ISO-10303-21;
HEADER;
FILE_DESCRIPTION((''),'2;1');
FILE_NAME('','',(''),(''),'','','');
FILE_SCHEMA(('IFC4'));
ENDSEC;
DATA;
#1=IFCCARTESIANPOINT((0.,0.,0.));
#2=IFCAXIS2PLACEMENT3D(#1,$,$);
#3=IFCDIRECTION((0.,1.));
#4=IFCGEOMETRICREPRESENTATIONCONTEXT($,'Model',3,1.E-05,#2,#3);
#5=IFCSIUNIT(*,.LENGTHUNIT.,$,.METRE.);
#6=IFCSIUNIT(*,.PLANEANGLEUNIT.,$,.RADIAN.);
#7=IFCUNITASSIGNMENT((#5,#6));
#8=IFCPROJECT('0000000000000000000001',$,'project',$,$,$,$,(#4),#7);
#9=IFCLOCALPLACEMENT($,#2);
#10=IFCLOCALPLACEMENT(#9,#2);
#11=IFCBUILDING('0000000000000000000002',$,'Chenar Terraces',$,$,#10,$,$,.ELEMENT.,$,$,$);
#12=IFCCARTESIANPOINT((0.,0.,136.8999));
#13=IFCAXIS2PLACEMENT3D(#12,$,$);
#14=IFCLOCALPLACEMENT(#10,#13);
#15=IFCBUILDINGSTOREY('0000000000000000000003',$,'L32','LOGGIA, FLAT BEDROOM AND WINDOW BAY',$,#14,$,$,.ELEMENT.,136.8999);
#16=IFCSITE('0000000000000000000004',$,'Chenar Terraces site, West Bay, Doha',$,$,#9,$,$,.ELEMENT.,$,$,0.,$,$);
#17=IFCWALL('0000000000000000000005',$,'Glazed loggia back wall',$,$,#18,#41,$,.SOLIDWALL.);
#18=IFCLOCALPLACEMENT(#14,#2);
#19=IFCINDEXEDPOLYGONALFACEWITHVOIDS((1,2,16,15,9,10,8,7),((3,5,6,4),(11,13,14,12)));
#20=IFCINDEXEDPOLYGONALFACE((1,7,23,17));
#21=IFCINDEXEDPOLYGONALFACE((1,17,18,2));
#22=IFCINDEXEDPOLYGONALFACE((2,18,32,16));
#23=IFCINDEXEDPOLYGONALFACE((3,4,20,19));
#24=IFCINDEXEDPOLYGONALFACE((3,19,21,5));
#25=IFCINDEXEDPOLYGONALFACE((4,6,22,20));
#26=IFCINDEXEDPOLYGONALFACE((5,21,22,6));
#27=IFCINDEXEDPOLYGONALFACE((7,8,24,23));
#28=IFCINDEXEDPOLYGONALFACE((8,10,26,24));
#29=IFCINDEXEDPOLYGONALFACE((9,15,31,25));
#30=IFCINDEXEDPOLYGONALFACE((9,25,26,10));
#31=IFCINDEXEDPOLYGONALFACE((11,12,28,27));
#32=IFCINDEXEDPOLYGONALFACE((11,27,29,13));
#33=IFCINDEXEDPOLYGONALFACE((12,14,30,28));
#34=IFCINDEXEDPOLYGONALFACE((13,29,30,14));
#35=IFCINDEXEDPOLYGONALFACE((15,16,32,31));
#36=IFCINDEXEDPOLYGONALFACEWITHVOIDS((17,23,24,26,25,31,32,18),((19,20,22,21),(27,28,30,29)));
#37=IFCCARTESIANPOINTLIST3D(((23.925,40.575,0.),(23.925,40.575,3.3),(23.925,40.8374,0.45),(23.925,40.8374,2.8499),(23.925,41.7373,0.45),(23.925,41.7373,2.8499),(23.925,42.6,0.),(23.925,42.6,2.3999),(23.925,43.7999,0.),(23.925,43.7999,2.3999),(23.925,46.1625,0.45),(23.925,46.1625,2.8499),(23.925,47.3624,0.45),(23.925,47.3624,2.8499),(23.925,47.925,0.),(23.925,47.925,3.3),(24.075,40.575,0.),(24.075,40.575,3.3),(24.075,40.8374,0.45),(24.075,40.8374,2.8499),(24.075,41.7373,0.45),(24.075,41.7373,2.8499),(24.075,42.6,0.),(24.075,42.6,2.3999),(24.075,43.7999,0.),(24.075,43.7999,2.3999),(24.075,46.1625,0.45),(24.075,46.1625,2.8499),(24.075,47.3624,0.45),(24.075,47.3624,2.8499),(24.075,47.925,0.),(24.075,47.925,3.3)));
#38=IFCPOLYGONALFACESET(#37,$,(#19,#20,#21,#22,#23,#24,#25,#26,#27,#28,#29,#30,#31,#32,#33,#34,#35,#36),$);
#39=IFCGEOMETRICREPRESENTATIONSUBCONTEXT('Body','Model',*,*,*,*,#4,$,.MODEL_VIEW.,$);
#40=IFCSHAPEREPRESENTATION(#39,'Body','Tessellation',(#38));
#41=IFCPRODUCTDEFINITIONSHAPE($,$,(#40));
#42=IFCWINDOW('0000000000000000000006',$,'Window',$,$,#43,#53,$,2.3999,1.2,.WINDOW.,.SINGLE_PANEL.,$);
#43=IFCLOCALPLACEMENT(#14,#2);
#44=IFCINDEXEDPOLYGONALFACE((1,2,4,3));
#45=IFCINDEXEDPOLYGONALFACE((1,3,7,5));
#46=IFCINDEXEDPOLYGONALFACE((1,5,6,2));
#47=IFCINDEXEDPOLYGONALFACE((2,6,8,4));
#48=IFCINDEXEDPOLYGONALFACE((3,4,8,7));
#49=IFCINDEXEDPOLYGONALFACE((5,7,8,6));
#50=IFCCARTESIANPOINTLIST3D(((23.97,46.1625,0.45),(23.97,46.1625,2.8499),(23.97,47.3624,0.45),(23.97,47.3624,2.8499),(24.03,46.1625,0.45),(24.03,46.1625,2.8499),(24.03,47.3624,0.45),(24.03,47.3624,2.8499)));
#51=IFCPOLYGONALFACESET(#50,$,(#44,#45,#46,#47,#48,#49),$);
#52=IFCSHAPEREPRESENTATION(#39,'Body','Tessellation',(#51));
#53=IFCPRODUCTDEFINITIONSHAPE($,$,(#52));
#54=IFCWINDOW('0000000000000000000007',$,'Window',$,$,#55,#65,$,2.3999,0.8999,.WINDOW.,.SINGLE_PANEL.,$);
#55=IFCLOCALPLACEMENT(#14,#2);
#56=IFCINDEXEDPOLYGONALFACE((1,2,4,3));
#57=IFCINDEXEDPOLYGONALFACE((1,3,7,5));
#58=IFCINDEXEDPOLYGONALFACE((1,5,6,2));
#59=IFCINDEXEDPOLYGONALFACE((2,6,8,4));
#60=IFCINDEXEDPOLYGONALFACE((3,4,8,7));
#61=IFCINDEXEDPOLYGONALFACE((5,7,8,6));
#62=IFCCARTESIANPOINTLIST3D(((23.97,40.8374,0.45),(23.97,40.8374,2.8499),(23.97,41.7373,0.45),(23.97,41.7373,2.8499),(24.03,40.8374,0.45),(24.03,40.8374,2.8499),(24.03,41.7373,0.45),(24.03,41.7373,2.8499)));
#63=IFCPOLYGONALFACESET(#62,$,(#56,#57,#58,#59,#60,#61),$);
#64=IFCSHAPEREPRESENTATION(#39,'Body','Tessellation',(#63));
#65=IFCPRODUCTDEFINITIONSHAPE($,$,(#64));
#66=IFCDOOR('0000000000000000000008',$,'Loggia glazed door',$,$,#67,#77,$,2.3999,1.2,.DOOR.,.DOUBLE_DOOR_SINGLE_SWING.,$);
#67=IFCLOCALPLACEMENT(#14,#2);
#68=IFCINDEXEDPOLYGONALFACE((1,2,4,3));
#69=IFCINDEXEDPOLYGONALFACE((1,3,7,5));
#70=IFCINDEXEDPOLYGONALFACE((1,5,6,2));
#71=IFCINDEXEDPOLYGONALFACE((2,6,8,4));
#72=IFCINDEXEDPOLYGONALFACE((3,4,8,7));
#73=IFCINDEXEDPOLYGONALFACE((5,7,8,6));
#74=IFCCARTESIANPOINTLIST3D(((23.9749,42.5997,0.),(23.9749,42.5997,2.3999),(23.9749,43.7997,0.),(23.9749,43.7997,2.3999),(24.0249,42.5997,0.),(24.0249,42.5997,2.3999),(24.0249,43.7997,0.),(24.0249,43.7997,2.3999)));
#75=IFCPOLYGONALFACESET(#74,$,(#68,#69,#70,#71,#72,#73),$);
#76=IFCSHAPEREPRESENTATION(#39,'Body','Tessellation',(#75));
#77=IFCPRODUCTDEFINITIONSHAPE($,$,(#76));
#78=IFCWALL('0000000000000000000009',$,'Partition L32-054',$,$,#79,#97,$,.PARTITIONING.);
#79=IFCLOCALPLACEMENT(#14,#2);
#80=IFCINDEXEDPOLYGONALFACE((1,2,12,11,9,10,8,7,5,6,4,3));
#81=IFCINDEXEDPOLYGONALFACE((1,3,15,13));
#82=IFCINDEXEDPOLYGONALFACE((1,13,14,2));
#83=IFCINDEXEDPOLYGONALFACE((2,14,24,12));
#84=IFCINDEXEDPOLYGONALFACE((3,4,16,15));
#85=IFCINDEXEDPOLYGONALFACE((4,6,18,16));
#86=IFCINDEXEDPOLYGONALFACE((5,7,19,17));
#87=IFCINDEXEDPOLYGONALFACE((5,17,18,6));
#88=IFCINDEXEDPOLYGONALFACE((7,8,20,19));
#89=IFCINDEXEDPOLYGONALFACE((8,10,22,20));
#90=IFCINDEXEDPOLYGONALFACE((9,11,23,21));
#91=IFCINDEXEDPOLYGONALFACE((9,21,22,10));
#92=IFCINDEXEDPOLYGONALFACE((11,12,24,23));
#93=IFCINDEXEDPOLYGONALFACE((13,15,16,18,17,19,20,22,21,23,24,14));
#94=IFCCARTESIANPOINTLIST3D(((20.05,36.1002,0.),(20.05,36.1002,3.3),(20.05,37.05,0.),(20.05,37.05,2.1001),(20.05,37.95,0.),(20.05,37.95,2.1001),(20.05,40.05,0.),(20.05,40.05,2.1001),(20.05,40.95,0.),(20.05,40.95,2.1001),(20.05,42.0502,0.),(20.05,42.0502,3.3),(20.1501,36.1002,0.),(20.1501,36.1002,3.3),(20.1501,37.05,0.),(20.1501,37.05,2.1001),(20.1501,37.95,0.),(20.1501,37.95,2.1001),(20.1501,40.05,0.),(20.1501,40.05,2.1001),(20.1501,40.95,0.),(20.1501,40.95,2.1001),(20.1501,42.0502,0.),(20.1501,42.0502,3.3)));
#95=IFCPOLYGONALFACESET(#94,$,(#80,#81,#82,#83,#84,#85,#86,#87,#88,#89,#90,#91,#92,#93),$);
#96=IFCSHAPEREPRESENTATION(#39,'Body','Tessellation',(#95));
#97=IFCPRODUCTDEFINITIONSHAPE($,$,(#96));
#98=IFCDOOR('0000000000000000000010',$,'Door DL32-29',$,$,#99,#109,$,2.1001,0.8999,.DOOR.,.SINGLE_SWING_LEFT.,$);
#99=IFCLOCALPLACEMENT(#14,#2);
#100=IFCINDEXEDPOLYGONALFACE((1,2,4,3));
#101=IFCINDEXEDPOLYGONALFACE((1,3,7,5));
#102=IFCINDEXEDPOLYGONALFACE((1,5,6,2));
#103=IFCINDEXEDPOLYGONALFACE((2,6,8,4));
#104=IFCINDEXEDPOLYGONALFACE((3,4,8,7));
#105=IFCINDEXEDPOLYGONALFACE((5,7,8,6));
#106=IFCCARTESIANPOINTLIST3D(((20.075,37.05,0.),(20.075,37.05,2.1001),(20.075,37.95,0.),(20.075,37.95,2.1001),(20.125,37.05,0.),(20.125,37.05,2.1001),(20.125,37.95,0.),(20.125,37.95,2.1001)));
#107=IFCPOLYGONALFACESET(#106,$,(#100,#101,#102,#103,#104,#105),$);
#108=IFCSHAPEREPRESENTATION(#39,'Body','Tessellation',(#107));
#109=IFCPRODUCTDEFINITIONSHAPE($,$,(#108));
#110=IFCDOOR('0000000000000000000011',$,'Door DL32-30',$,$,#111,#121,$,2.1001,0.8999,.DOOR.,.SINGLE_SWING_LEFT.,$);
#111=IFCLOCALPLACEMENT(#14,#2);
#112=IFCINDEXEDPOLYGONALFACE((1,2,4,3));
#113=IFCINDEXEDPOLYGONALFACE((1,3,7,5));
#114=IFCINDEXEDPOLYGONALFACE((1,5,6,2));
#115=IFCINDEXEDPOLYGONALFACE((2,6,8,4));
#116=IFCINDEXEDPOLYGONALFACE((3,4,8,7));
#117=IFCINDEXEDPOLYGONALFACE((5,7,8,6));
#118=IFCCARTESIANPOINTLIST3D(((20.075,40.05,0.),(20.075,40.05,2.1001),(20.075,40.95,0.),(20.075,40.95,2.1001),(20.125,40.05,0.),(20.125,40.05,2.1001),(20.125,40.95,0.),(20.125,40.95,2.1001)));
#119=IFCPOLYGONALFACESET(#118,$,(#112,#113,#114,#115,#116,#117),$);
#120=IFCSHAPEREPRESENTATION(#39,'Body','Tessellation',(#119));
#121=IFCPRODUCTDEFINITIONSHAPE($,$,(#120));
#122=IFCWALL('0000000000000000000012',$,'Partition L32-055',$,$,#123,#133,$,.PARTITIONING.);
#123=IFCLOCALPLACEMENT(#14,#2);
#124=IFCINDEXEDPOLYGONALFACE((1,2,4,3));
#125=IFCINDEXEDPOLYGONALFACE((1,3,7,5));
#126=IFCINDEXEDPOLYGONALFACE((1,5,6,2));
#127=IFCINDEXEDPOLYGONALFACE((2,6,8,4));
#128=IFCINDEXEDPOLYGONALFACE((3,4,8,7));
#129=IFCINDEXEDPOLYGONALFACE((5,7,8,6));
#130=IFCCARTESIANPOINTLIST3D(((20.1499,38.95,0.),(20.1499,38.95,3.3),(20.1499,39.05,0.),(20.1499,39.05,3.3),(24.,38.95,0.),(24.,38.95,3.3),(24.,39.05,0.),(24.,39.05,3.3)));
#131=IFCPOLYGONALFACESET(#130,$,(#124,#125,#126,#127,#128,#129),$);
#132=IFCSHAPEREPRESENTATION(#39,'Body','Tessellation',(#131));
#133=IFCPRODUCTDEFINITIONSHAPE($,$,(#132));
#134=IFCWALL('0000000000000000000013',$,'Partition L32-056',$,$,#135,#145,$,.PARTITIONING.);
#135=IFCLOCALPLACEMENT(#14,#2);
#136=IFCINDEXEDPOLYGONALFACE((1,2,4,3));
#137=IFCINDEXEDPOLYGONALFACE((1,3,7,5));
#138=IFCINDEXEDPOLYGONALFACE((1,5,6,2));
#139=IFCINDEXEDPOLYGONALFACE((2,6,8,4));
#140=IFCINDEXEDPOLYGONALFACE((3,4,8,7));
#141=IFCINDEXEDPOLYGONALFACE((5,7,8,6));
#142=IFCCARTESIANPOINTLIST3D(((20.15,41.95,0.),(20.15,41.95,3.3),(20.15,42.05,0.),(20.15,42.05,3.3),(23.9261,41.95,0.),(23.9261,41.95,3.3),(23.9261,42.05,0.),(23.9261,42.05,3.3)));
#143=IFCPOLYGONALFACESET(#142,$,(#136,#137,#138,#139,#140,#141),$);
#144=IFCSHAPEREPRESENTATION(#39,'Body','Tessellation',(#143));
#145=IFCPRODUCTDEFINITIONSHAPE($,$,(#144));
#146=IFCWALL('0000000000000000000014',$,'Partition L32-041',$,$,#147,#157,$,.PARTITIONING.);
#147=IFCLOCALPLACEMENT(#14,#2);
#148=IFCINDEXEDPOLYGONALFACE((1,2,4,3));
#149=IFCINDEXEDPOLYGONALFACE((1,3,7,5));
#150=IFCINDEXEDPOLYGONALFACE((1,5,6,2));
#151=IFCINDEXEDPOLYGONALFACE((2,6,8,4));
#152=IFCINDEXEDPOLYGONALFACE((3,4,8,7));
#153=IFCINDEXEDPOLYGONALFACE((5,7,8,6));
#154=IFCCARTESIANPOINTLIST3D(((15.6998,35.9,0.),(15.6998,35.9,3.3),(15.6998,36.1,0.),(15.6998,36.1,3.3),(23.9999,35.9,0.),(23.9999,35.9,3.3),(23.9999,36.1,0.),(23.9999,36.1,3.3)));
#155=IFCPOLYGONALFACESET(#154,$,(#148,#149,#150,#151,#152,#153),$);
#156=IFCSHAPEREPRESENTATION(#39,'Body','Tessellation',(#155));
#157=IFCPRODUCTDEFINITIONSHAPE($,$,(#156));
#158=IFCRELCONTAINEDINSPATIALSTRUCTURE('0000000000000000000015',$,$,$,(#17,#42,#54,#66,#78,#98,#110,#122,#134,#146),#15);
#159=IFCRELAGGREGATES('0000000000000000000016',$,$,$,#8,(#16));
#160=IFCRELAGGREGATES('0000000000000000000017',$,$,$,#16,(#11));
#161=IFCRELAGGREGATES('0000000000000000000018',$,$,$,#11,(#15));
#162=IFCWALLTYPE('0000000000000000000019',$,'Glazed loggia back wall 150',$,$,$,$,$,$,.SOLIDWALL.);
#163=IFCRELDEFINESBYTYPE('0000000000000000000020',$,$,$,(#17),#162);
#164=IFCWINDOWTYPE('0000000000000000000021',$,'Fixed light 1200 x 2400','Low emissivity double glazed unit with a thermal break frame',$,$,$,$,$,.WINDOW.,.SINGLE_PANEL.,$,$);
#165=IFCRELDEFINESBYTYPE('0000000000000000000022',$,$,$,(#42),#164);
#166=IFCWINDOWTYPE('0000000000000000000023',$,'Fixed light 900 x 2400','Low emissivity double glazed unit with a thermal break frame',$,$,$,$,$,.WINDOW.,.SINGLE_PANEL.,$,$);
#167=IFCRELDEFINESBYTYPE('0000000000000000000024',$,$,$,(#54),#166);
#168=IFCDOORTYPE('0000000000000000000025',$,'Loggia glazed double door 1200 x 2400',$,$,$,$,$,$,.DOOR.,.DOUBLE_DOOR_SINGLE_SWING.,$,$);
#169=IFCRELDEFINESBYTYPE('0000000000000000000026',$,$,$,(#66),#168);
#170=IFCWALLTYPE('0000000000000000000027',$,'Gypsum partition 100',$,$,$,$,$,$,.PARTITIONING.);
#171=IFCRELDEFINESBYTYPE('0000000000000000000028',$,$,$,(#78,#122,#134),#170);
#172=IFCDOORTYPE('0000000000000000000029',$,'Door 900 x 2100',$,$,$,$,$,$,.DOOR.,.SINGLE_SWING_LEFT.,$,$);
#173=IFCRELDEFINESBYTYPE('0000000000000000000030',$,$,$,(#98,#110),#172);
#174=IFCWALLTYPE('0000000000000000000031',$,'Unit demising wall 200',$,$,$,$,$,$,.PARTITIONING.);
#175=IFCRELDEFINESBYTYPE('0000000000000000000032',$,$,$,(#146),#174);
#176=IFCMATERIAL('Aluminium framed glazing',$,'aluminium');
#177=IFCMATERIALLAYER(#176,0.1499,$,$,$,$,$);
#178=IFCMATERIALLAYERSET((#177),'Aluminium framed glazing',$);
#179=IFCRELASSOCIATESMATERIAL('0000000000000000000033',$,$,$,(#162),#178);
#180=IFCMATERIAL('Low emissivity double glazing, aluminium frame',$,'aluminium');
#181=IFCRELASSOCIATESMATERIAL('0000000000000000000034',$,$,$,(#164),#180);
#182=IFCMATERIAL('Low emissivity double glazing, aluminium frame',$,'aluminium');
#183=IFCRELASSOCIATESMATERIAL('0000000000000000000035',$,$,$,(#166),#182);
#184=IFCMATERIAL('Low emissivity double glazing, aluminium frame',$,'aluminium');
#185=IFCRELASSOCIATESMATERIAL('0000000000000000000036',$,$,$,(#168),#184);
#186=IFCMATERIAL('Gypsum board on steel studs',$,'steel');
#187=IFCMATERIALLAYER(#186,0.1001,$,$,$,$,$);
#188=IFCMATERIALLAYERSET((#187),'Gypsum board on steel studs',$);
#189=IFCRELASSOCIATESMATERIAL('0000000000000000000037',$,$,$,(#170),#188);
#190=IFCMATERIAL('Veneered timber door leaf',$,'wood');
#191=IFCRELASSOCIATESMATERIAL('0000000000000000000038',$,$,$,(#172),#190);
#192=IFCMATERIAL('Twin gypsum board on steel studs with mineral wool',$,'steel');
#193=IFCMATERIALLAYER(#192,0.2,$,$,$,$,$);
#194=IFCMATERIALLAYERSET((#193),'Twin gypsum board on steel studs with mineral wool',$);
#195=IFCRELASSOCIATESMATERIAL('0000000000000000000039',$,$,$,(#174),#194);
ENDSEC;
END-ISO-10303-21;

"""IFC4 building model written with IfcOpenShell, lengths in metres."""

from ifc_helpers import new_model, si_unit, direction, frame, frame_2d, origin, place, context, subcontext, project, spatial, rectangle, extrude, material, layer, layer_set, type_object, element, fill, save


model = new_model("IFC4")

# Units and contexts
model_context = context("Model", 3, precision=1e-05, world=origin(), true_north=direction((0.0, 1.0)))
body_context = subcontext(model_context, "Body", "Model", "MODEL_VIEW")
ifc_project = project(units=[si_unit("LENGTHUNIT", "METRE"), si_unit("PLANEANGLEUNIT", "RADIAN")], contexts=[model_context])

# Site, building, storey
site_placement = place(None, origin())
site = spatial("IfcSite", under=ifc_project, at=site_placement, Name="Chenar Terraces site, West Bay, Doha", CompositionType="ELEMENT", RefElevation=0.0)
building_placement = place(site_placement, origin())
building = spatial("IfcBuilding", under=site, at=building_placement, Name="Chenar Terraces", CompositionType="ELEMENT")
storey_placement = place(building_placement, frame((0.0, 0.0, 136.8999)))
storey = spatial("IfcBuildingStorey", under=building, at=storey_placement, Name="L32", Description="LOGGIA, FLAT BEDROOM AND WINDOW BAY", CompositionType="ELEMENT", Elevation=136.8999)

# Wall, openings, windows, door
ifc_material_1 = material(Name="Aluminium framed glazing", Category="aluminium")
ifc_layer_1 = layer(ifc_material_1, 0.1499)
ifc_layer_set_1 = layer_set([ifc_layer_1], Name="Aluminium framed glazing")
wall_type_1 = type_object("IfcWallType", Name="Glazed loggia back wall 150", PredefinedType="SOLIDWALL", material=ifc_layer_set_1)
wall_1_placement = place(storey_placement, frame((24.0, 40.575, 0.0), z_axis=(0.0, 0.0, 1.0), x_axis=(0.0, 1.0, 0.0)))
wall_1 = element("IfcWall", 1, at=wall_1_placement, inside=storey, type_object=wall_type_1, Name="Glazed loggia back wall", PredefinedType="SOLIDWALL", context=body_context, shape_type="SweptSolid", body=[
    extrude(rectangle(XDim=7.3501, YDim=0.1499, at=frame_2d((3.675, 0.0))), origin(), (0.0, 0.0, 1.0), 3.3),
])
opening_1_placement = place(wall_1_placement, frame((0.2625, 0.0, 0.45)))
opening_1 = element("IfcOpeningElement", 2, at=opening_1_placement, cuts=wall_1, PredefinedType="OPENING", context=body_context, shape_type="SweptSolid", body=[
    extrude(rectangle(XDim=0.8999, YDim=2.3999, at=frame_2d((0.45, 1.2))), frame((0.0, 0.085, 0.0), z_axis=(0.0, -1.0, 0.0), x_axis=(1.0, 0.0, 0.0)), (0.0, 0.0, 1.0), 0.1699),
])
opening_2_placement = place(wall_1_placement, frame((2.0249, 0.0, 0.0)))
opening_2 = element("IfcOpeningElement", 3, at=opening_2_placement, cuts=wall_1, PredefinedType="OPENING", context=body_context, shape_type="SweptSolid", body=[
    extrude(rectangle(XDim=1.2, YDim=2.3999, at=frame_2d((0.6001, 1.2))), frame((0.0, 0.085, 0.0), z_axis=(0.0, -1.0, 0.0), x_axis=(1.0, 0.0, 0.0)), (0.0, 0.0, 1.0), 0.1699),
])
opening_3_placement = place(wall_1_placement, frame((5.5874, 0.0, 0.45)))
opening_3 = element("IfcOpeningElement", 4, at=opening_3_placement, cuts=wall_1, PredefinedType="OPENING", context=body_context, shape_type="SweptSolid", body=[
    extrude(rectangle(XDim=1.2, YDim=2.3999, at=frame_2d((0.6001, 1.2))), frame((0.0, 0.085, 0.0), z_axis=(0.0, -1.0, 0.0), x_axis=(1.0, 0.0, 0.0)), (0.0, 0.0, 1.0), 0.1699),
])
ifc_material_2 = material(Name="Low emissivity double glazing, aluminium frame", Category="aluminium")
window_type_1 = type_object("IfcWindowType", Name="Fixed light 1200 x 2400", Description="Low emissivity double glazed unit with a thermal break frame", PartitioningType="SINGLE_PANEL", PredefinedType="WINDOW", material=ifc_material_2)
window_1_placement = place(opening_3_placement, origin())
window_1 = element("IfcWindow", 5, at=window_1_placement, inside=storey, type_object=window_type_1, Name="Window", OverallHeight=2.3999, OverallWidth=1.2, PartitioningType="SINGLE_PANEL", PredefinedType="WINDOW", context=body_context, shape_type="SweptSolid", body=[
    extrude(rectangle(XDim=1.2, YDim=2.3999, at=frame_2d((0.6001, 1.2))), frame((0.0, 0.03, 0.0), z_axis=(0.0, -1.0, 0.0), x_axis=(1.0, 0.0, 0.0)), (0.0, 0.0, 1.0), 0.0601),
])
fill(opening_3, window_1)
ifc_material_3 = material(Name="Low emissivity double glazing, aluminium frame", Category="aluminium")
window_type_2 = type_object("IfcWindowType", Name="Fixed light 900 x 2400", Description="Low emissivity double glazed unit with a thermal break frame", PartitioningType="SINGLE_PANEL", PredefinedType="WINDOW", material=ifc_material_3)
window_2_placement = place(opening_1_placement, origin())
window_2 = element("IfcWindow", 6, at=window_2_placement, inside=storey, type_object=window_type_2, Name="Window", OverallHeight=2.3999, OverallWidth=0.8999, PartitioningType="SINGLE_PANEL", PredefinedType="WINDOW", context=body_context, shape_type="SweptSolid", body=[
    extrude(rectangle(XDim=0.8999, YDim=2.3999, at=frame_2d((0.45, 1.2))), frame((0.0, 0.03, 0.0), z_axis=(0.0, -1.0, 0.0), x_axis=(1.0, 0.0, 0.0)), (0.0, 0.0, 1.0), 0.0601),
])
fill(opening_1, window_2)
ifc_material_4 = material(Name="Low emissivity double glazing, aluminium frame", Category="aluminium")
door_type_1 = type_object("IfcDoorType", Name="Loggia glazed double door 1200 x 2400", OperationType="DOUBLE_DOOR_SINGLE_SWING", PredefinedType="DOOR", material=ifc_material_4)
door_1_placement = place(opening_2_placement, frame((1.2, 0.0, 0.0), z_axis=(0.0, 0.0, 1.0), x_axis=(-1.0, 0.0, 0.0)))
door_1 = element("IfcDoor", 7, at=door_1_placement, inside=storey, type_object=door_type_1, Name="Loggia glazed door", OperationType="DOUBLE_DOOR_SINGLE_SWING", OverallHeight=2.3999, OverallWidth=1.2, PredefinedType="DOOR", context=body_context, shape_type="SweptSolid", body=[
    extrude(rectangle(XDim=1.2, YDim=2.3999, at=frame_2d((0.6001, 1.2))), frame((0.0, 0.0249, 0.0), z_axis=(0.0, -1.0, 0.0), x_axis=(1.0, 0.0, 0.0)), (0.0, 0.0, 1.0), 0.05),
])
fill(opening_2, door_1)

# Wall, openings, doors
ifc_material_5 = material(Name="Gypsum board on steel studs", Category="steel")
ifc_layer_2 = layer(ifc_material_5, 0.1001)
ifc_layer_set_2 = layer_set([ifc_layer_2], Name="Gypsum board on steel studs")
wall_type_2 = type_object("IfcWallType", Name="Gypsum partition 100", PredefinedType="PARTITIONING", material=ifc_layer_set_2)
wall_2_placement = place(storey_placement, frame((20.1001, 36.1001, 0.0), z_axis=(0.0, 0.0, 1.0), x_axis=(0.0, 1.0, 0.0)))
wall_2 = element("IfcWall", 8, at=wall_2_placement, inside=storey, type_object=wall_type_2, Name="Partition L32-054", PredefinedType="PARTITIONING", context=body_context, shape_type="SweptSolid", body=[
    extrude(rectangle(XDim=5.95, YDim=0.1001, at=frame_2d((2.9751, 0.0))), origin(), (0.0, 0.0, 1.0), 3.3),
])
opening_4_placement = place(wall_2_placement, frame((0.95, 0.0, 0.0)))
opening_4 = element("IfcOpeningElement", 9, at=opening_4_placement, cuts=wall_2, PredefinedType="OPENING", context=body_context, shape_type="SweptSolid", body=[
    extrude(rectangle(XDim=0.8999, YDim=2.1001, at=frame_2d((0.45, 1.05))), frame((0.0, 0.0601, 0.0), z_axis=(0.0, -1.0, 0.0), x_axis=(1.0, 0.0, 0.0)), (0.0, 0.0, 1.0), 0.1201),
])
opening_5_placement = place(wall_2_placement, frame((3.95, 0.0, 0.0)))
opening_5 = element("IfcOpeningElement", 10, at=opening_5_placement, cuts=wall_2, PredefinedType="OPENING", context=body_context, shape_type="SweptSolid", body=[
    extrude(rectangle(XDim=0.8999, YDim=2.1001, at=frame_2d((0.45, 1.05))), frame((0.0, 0.0601, 0.0), z_axis=(0.0, -1.0, 0.0), x_axis=(1.0, 0.0, 0.0)), (0.0, 0.0, 1.0), 0.1201),
])
ifc_material_6 = material(Name="Veneered timber door leaf", Category="wood")
door_type_2 = type_object("IfcDoorType", Name="Door 900 x 2100", OperationType="SINGLE_SWING_LEFT", PredefinedType="DOOR", material=ifc_material_6)
door_2_placement = place(opening_4_placement, frame((0.8999, 0.0, 0.0), z_axis=(0.0, 0.0, 1.0), x_axis=(-1.0, 0.0, 0.0)))
door_2 = element("IfcDoor", 11, at=door_2_placement, inside=storey, type_object=door_type_2, Name="Door DL32-29", OperationType="SINGLE_SWING_LEFT", OverallHeight=2.1001, OverallWidth=0.8999, PredefinedType="DOOR", context=body_context, shape_type="SweptSolid", body=[
    extrude(rectangle(XDim=0.8999, YDim=2.1001, at=frame_2d((0.45, 1.05))), frame((0.0, 0.0249, 0.0), z_axis=(0.0, -1.0, 0.0), x_axis=(1.0, 0.0, 0.0)), (0.0, 0.0, 1.0), 0.05),
])
fill(opening_4, door_2)
door_3_placement = place(opening_5_placement, frame((0.8999, 0.0, 0.0), z_axis=(0.0, 0.0, 1.0), x_axis=(-1.0, 0.0, 0.0)))
door_3 = element("IfcDoor", 12, at=door_3_placement, inside=storey, type_object=door_type_2, Name="Door DL32-30", OperationType="SINGLE_SWING_LEFT", OverallHeight=2.1001, OverallWidth=0.8999, PredefinedType="DOOR", context=body_context, shape_type="SweptSolid", body=[
    extrude(rectangle(XDim=0.8999, YDim=2.1001, at=frame_2d((0.45, 1.05))), frame((0.0, 0.0249, 0.0), z_axis=(0.0, -1.0, 0.0), x_axis=(1.0, 0.0, 0.0)), (0.0, 0.0, 1.0), 0.05),
])
fill(opening_5, door_3)

# Walls
wall_3_placement = place(storey_placement, frame((20.1499, 39.0, 0.0), z_axis=(0.0, 0.0, 1.0), x_axis=(1.0, 0.0, 0.0)))
element("IfcWall", 13, at=wall_3_placement, inside=storey, type_object=wall_type_2, Name="Partition L32-055", PredefinedType="PARTITIONING", context=body_context, shape_type="SweptSolid", body=[
    extrude(rectangle(XDim=3.8501, YDim=0.1001, at=frame_2d((1.925, 0.0))), origin(), (0.0, 0.0, 1.0), 3.3),
])
wall_4_placement = place(storey_placement, frame((20.1499, 42.0, 0.0), z_axis=(0.0, 0.0, 1.0), x_axis=(1.0, 0.0, 0.0)))
element("IfcWall", 14, at=wall_4_placement, inside=storey, type_object=wall_type_2, Name="Partition L32-056", PredefinedType="PARTITIONING", context=body_context, shape_type="SweptSolid", body=[
    extrude(rectangle(XDim=3.7761, YDim=0.1001, at=frame_2d((1.8882, 0.0))), origin(), (0.0, 0.0, 1.0), 3.3),
])
ifc_material_7 = material(Name="Twin gypsum board on steel studs with mineral wool", Category="steel")
ifc_layer_3 = layer(ifc_material_7, 0.2)
ifc_layer_set_3 = layer_set([ifc_layer_3], Name="Twin gypsum board on steel studs with mineral wool")
wall_type_3 = type_object("IfcWallType", Name="Unit demising wall 200", PredefinedType="PARTITIONING", material=ifc_layer_set_3)
wall_5_placement = place(storey_placement, frame((15.7, 36.0, 0.0), z_axis=(0.0, 0.0, 1.0), x_axis=(1.0, 0.0, 0.0)))
element("IfcWall", 15, at=wall_5_placement, inside=storey, type_object=wall_type_3, Name="Partition L32-041", PredefinedType="PARTITIONING", context=body_context, shape_type="SweptSolid", body=[
    extrude(rectangle(XDim=8.3, YDim=0.2, at=frame_2d((4.1499, 0.0))), origin(), (0.0, 0.0, 1.0), 3.3),
])

save(model, "model.ifc")
